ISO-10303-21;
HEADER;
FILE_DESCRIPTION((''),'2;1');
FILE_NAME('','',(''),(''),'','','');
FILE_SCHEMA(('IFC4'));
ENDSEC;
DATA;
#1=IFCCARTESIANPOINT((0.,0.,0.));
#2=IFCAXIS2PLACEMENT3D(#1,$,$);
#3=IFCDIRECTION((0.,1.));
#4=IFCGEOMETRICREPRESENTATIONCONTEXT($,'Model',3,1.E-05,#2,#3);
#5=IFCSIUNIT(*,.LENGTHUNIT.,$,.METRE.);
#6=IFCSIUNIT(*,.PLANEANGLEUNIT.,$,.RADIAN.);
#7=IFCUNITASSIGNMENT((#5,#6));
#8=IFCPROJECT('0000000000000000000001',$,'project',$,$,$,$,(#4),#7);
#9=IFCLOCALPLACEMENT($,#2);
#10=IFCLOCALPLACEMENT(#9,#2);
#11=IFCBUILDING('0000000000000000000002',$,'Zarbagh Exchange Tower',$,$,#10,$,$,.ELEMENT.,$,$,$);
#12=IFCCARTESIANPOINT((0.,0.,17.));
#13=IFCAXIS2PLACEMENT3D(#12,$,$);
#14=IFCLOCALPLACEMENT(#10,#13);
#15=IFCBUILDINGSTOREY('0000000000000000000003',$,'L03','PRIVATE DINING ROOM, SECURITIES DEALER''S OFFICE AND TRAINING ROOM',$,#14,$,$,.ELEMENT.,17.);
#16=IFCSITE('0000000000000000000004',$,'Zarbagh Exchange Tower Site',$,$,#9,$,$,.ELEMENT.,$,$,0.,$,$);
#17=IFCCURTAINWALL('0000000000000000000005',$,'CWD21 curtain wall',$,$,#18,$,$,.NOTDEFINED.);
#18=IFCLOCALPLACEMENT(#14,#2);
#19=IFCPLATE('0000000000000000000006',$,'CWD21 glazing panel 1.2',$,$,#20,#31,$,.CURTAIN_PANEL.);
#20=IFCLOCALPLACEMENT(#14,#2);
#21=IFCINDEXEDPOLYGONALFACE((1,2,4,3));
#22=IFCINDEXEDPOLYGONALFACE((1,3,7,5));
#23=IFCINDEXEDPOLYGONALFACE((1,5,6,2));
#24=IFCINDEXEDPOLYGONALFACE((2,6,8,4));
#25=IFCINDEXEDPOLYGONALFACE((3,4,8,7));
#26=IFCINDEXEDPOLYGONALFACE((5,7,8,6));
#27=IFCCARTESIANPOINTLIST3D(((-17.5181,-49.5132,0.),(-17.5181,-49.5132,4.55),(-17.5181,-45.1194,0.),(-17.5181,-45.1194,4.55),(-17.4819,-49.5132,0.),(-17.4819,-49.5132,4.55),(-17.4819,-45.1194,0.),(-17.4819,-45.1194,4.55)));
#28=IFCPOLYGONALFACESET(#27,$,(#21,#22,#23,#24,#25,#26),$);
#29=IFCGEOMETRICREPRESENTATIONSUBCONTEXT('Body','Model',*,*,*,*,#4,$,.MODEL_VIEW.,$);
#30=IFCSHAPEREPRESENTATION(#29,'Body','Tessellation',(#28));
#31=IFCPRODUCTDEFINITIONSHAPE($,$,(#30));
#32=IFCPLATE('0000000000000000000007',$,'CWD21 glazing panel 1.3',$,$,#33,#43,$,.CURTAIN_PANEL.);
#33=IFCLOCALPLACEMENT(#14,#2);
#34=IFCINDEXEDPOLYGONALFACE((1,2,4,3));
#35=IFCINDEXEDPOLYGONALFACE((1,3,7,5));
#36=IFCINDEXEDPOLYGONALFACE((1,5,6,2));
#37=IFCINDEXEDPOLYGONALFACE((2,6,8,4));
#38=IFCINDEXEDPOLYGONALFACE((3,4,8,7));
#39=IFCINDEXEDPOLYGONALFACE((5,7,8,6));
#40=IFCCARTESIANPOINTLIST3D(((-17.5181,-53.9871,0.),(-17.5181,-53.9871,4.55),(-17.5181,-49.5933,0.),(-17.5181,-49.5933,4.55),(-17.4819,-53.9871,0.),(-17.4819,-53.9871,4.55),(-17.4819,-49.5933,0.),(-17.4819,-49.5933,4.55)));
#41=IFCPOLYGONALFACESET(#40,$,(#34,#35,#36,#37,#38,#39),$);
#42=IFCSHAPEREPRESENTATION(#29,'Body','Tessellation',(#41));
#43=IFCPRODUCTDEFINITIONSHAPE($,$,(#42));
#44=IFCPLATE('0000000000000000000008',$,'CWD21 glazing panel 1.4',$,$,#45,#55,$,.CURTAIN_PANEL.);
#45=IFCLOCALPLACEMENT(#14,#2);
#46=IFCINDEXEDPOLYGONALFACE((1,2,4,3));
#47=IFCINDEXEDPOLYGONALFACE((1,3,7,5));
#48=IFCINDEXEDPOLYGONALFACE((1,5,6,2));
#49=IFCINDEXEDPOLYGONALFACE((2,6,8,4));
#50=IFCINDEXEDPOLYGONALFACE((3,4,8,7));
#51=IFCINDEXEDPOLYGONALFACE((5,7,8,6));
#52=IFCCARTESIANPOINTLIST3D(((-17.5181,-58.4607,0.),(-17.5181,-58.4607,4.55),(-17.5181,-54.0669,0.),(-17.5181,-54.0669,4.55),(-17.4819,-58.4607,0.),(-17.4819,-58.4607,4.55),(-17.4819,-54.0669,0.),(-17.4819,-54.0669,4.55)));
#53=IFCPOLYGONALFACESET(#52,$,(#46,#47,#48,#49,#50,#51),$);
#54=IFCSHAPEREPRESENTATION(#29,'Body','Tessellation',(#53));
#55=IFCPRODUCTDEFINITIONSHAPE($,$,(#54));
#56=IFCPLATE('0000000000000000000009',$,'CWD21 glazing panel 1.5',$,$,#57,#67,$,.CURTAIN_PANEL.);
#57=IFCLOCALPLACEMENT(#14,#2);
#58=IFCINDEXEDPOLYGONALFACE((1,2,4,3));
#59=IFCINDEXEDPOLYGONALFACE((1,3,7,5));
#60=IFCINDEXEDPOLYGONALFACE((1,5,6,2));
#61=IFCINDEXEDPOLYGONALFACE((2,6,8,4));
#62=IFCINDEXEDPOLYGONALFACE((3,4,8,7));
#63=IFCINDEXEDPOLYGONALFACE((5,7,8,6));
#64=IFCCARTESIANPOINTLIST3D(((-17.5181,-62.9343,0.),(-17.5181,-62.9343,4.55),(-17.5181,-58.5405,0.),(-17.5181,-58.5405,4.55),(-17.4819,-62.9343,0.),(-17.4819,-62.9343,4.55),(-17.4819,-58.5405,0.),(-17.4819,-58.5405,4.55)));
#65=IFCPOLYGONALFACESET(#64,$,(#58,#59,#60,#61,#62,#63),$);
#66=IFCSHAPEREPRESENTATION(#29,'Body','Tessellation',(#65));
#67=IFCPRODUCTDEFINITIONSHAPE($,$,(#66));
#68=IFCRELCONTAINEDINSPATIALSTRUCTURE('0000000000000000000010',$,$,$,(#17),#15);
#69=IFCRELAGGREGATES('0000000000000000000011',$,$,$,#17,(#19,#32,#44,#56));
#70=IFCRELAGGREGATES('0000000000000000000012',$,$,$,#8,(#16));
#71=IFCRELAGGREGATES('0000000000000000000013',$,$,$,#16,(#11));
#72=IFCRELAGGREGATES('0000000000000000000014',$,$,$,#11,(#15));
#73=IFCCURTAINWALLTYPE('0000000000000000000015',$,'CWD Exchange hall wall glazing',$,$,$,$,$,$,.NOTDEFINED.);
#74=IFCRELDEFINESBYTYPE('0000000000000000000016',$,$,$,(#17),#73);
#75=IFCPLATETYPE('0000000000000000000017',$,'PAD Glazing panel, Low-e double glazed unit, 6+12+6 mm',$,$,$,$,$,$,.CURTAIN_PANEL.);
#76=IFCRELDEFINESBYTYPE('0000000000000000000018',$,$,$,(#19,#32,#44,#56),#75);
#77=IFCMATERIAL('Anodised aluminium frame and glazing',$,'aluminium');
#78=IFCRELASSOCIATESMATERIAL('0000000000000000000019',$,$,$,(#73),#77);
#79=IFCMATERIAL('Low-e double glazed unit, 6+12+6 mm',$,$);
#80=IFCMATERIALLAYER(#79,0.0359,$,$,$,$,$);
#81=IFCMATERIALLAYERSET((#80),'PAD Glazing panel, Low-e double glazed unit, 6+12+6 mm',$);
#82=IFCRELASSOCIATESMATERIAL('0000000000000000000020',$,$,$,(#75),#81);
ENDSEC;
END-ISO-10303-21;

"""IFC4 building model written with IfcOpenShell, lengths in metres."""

from ifc_helpers import new_model, si_unit, direction, frame, origin, place, context, subcontext, project, spatial, polyline, outline, extrude, source, transform, mapped, material, layer, layer_set, type_object, element, aggregate, save


model = new_model("IFC4")

# Units and contexts
model_context = context("Model", 3, precision=1e-05, world=origin(), true_north=direction((0.0, 1.0)))
body_context = subcontext(model_context, "Body", "Model", "MODEL_VIEW")
ifc_project = project(units=[si_unit("LENGTHUNIT", "METRE"), si_unit("PLANEANGLEUNIT", "RADIAN")], contexts=[model_context])

# Site, building, storey
site_placement = place(None, origin())
site = spatial("IfcSite", under=ifc_project, at=site_placement, Name="Zarbagh Exchange Tower Site", CompositionType="ELEMENT", RefElevation=0.0)
building_placement = place(site_placement, origin())
building = spatial("IfcBuilding", under=site, at=building_placement, Name="Zarbagh Exchange Tower", CompositionType="ELEMENT")
storey_placement = place(building_placement, frame((0.0, 0.0, 17.0)))
storey = spatial("IfcBuildingStorey", under=building, at=storey_placement, Name="L03", Description="PRIVATE DINING ROOM, SECURITIES DEALER'S OFFICE AND TRAINING ROOM", CompositionType="ELEMENT", Elevation=17.0)

# Shared definitions
ifc_material_1 = material(Name="Anodised aluminium frame and glazing", Category="aluminium")
curtain_wall_type_1 = type_object("IfcCurtainWallType", Name="CWD Exchange hall wall glazing", PredefinedType="NOTDEFINED", material=ifc_material_1)
placement = place(storey_placement, origin())

# Curtain wall
curtain_wall_1_placement = place(storey_placement, origin())
curtain_wall_1 = element("IfcCurtainWall", 1, at=curtain_wall_1_placement, inside=storey, type_object=curtain_wall_type_1, Name="CWD21 curtain wall", PredefinedType="NOTDEFINED")

# Shared definitions
ifc_material_2 = material(Name="Low-e double glazed unit, 6+12+6 mm")
ifc_layer_1 = layer(ifc_material_2, 0.0359)
ifc_layer_set_1 = layer_set([ifc_layer_1], Name="PAD Glazing panel, Low-e double glazed unit, 6+12+6 mm")
plate_type_1 = type_object("IfcPlateType", Name="PAD Glazing panel, Low-e double glazed unit, 6+12+6 mm", PredefinedType="CURTAIN_PANEL", material=ifc_layer_set_1)

# Plates
shared_shape_1 = source(origin(), body_context, "Body", "SweptSolid", [
    extrude(outline(polyline([(0.0, -0.0181), (4.3938, -0.0181), (4.3938, 0.0181), (0.0, 0.0181), (0.0, -0.0181)])), origin(), (0.0, 0.0, 1.0), 4.55),
])
plate_1 = element("IfcPlate", 2, at=placement, type_object=plate_type_1, Name="CWD21 glazing panel 1.2", PredefinedType="CURTAIN_PANEL", context=body_context, shape_type="MappedRepresentation", body=[
    mapped(shared_shape_1, transform((-17.5, -45.1194, 0.0), x_axis=(0.0, -1.0, 0.0), y_axis=(1.0, 0.0, 0.0), z_axis=(0.0, 0.0, 1.0))),
])
plate_2 = element("IfcPlate", 3, at=placement, type_object=plate_type_1, Name="CWD21 glazing panel 1.3", PredefinedType="CURTAIN_PANEL", context=body_context, shape_type="MappedRepresentation", body=[
    mapped(shared_shape_1, transform((-17.5, -49.5933, 0.0), x_axis=(0.0, -1.0, 0.0), y_axis=(1.0, 0.0, 0.0), z_axis=(0.0, 0.0, 1.0))),
])
plate_3 = element("IfcPlate", 4, at=placement, type_object=plate_type_1, Name="CWD21 glazing panel 1.4", PredefinedType="CURTAIN_PANEL", context=body_context, shape_type="MappedRepresentation", body=[
    mapped(shared_shape_1, transform((-17.5, -54.0669, 0.0), x_axis=(0.0, -1.0, 0.0), y_axis=(1.0, 0.0, 0.0), z_axis=(0.0, 0.0, 1.0))),
])
plate_4 = element("IfcPlate", 5, at=placement, type_object=plate_type_1, Name="CWD21 glazing panel 1.5", PredefinedType="CURTAIN_PANEL", context=body_context, shape_type="MappedRepresentation", body=[
    mapped(shared_shape_1, transform((-17.5, -58.5405, 0.0), x_axis=(0.0, -1.0, 0.0), y_axis=(1.0, 0.0, 0.0), z_axis=(0.0, 0.0, 1.0))),
])
aggregate(curtain_wall_1, [plate_1, plate_2, plate_3, plate_4])

save(model, "model.ifc")
